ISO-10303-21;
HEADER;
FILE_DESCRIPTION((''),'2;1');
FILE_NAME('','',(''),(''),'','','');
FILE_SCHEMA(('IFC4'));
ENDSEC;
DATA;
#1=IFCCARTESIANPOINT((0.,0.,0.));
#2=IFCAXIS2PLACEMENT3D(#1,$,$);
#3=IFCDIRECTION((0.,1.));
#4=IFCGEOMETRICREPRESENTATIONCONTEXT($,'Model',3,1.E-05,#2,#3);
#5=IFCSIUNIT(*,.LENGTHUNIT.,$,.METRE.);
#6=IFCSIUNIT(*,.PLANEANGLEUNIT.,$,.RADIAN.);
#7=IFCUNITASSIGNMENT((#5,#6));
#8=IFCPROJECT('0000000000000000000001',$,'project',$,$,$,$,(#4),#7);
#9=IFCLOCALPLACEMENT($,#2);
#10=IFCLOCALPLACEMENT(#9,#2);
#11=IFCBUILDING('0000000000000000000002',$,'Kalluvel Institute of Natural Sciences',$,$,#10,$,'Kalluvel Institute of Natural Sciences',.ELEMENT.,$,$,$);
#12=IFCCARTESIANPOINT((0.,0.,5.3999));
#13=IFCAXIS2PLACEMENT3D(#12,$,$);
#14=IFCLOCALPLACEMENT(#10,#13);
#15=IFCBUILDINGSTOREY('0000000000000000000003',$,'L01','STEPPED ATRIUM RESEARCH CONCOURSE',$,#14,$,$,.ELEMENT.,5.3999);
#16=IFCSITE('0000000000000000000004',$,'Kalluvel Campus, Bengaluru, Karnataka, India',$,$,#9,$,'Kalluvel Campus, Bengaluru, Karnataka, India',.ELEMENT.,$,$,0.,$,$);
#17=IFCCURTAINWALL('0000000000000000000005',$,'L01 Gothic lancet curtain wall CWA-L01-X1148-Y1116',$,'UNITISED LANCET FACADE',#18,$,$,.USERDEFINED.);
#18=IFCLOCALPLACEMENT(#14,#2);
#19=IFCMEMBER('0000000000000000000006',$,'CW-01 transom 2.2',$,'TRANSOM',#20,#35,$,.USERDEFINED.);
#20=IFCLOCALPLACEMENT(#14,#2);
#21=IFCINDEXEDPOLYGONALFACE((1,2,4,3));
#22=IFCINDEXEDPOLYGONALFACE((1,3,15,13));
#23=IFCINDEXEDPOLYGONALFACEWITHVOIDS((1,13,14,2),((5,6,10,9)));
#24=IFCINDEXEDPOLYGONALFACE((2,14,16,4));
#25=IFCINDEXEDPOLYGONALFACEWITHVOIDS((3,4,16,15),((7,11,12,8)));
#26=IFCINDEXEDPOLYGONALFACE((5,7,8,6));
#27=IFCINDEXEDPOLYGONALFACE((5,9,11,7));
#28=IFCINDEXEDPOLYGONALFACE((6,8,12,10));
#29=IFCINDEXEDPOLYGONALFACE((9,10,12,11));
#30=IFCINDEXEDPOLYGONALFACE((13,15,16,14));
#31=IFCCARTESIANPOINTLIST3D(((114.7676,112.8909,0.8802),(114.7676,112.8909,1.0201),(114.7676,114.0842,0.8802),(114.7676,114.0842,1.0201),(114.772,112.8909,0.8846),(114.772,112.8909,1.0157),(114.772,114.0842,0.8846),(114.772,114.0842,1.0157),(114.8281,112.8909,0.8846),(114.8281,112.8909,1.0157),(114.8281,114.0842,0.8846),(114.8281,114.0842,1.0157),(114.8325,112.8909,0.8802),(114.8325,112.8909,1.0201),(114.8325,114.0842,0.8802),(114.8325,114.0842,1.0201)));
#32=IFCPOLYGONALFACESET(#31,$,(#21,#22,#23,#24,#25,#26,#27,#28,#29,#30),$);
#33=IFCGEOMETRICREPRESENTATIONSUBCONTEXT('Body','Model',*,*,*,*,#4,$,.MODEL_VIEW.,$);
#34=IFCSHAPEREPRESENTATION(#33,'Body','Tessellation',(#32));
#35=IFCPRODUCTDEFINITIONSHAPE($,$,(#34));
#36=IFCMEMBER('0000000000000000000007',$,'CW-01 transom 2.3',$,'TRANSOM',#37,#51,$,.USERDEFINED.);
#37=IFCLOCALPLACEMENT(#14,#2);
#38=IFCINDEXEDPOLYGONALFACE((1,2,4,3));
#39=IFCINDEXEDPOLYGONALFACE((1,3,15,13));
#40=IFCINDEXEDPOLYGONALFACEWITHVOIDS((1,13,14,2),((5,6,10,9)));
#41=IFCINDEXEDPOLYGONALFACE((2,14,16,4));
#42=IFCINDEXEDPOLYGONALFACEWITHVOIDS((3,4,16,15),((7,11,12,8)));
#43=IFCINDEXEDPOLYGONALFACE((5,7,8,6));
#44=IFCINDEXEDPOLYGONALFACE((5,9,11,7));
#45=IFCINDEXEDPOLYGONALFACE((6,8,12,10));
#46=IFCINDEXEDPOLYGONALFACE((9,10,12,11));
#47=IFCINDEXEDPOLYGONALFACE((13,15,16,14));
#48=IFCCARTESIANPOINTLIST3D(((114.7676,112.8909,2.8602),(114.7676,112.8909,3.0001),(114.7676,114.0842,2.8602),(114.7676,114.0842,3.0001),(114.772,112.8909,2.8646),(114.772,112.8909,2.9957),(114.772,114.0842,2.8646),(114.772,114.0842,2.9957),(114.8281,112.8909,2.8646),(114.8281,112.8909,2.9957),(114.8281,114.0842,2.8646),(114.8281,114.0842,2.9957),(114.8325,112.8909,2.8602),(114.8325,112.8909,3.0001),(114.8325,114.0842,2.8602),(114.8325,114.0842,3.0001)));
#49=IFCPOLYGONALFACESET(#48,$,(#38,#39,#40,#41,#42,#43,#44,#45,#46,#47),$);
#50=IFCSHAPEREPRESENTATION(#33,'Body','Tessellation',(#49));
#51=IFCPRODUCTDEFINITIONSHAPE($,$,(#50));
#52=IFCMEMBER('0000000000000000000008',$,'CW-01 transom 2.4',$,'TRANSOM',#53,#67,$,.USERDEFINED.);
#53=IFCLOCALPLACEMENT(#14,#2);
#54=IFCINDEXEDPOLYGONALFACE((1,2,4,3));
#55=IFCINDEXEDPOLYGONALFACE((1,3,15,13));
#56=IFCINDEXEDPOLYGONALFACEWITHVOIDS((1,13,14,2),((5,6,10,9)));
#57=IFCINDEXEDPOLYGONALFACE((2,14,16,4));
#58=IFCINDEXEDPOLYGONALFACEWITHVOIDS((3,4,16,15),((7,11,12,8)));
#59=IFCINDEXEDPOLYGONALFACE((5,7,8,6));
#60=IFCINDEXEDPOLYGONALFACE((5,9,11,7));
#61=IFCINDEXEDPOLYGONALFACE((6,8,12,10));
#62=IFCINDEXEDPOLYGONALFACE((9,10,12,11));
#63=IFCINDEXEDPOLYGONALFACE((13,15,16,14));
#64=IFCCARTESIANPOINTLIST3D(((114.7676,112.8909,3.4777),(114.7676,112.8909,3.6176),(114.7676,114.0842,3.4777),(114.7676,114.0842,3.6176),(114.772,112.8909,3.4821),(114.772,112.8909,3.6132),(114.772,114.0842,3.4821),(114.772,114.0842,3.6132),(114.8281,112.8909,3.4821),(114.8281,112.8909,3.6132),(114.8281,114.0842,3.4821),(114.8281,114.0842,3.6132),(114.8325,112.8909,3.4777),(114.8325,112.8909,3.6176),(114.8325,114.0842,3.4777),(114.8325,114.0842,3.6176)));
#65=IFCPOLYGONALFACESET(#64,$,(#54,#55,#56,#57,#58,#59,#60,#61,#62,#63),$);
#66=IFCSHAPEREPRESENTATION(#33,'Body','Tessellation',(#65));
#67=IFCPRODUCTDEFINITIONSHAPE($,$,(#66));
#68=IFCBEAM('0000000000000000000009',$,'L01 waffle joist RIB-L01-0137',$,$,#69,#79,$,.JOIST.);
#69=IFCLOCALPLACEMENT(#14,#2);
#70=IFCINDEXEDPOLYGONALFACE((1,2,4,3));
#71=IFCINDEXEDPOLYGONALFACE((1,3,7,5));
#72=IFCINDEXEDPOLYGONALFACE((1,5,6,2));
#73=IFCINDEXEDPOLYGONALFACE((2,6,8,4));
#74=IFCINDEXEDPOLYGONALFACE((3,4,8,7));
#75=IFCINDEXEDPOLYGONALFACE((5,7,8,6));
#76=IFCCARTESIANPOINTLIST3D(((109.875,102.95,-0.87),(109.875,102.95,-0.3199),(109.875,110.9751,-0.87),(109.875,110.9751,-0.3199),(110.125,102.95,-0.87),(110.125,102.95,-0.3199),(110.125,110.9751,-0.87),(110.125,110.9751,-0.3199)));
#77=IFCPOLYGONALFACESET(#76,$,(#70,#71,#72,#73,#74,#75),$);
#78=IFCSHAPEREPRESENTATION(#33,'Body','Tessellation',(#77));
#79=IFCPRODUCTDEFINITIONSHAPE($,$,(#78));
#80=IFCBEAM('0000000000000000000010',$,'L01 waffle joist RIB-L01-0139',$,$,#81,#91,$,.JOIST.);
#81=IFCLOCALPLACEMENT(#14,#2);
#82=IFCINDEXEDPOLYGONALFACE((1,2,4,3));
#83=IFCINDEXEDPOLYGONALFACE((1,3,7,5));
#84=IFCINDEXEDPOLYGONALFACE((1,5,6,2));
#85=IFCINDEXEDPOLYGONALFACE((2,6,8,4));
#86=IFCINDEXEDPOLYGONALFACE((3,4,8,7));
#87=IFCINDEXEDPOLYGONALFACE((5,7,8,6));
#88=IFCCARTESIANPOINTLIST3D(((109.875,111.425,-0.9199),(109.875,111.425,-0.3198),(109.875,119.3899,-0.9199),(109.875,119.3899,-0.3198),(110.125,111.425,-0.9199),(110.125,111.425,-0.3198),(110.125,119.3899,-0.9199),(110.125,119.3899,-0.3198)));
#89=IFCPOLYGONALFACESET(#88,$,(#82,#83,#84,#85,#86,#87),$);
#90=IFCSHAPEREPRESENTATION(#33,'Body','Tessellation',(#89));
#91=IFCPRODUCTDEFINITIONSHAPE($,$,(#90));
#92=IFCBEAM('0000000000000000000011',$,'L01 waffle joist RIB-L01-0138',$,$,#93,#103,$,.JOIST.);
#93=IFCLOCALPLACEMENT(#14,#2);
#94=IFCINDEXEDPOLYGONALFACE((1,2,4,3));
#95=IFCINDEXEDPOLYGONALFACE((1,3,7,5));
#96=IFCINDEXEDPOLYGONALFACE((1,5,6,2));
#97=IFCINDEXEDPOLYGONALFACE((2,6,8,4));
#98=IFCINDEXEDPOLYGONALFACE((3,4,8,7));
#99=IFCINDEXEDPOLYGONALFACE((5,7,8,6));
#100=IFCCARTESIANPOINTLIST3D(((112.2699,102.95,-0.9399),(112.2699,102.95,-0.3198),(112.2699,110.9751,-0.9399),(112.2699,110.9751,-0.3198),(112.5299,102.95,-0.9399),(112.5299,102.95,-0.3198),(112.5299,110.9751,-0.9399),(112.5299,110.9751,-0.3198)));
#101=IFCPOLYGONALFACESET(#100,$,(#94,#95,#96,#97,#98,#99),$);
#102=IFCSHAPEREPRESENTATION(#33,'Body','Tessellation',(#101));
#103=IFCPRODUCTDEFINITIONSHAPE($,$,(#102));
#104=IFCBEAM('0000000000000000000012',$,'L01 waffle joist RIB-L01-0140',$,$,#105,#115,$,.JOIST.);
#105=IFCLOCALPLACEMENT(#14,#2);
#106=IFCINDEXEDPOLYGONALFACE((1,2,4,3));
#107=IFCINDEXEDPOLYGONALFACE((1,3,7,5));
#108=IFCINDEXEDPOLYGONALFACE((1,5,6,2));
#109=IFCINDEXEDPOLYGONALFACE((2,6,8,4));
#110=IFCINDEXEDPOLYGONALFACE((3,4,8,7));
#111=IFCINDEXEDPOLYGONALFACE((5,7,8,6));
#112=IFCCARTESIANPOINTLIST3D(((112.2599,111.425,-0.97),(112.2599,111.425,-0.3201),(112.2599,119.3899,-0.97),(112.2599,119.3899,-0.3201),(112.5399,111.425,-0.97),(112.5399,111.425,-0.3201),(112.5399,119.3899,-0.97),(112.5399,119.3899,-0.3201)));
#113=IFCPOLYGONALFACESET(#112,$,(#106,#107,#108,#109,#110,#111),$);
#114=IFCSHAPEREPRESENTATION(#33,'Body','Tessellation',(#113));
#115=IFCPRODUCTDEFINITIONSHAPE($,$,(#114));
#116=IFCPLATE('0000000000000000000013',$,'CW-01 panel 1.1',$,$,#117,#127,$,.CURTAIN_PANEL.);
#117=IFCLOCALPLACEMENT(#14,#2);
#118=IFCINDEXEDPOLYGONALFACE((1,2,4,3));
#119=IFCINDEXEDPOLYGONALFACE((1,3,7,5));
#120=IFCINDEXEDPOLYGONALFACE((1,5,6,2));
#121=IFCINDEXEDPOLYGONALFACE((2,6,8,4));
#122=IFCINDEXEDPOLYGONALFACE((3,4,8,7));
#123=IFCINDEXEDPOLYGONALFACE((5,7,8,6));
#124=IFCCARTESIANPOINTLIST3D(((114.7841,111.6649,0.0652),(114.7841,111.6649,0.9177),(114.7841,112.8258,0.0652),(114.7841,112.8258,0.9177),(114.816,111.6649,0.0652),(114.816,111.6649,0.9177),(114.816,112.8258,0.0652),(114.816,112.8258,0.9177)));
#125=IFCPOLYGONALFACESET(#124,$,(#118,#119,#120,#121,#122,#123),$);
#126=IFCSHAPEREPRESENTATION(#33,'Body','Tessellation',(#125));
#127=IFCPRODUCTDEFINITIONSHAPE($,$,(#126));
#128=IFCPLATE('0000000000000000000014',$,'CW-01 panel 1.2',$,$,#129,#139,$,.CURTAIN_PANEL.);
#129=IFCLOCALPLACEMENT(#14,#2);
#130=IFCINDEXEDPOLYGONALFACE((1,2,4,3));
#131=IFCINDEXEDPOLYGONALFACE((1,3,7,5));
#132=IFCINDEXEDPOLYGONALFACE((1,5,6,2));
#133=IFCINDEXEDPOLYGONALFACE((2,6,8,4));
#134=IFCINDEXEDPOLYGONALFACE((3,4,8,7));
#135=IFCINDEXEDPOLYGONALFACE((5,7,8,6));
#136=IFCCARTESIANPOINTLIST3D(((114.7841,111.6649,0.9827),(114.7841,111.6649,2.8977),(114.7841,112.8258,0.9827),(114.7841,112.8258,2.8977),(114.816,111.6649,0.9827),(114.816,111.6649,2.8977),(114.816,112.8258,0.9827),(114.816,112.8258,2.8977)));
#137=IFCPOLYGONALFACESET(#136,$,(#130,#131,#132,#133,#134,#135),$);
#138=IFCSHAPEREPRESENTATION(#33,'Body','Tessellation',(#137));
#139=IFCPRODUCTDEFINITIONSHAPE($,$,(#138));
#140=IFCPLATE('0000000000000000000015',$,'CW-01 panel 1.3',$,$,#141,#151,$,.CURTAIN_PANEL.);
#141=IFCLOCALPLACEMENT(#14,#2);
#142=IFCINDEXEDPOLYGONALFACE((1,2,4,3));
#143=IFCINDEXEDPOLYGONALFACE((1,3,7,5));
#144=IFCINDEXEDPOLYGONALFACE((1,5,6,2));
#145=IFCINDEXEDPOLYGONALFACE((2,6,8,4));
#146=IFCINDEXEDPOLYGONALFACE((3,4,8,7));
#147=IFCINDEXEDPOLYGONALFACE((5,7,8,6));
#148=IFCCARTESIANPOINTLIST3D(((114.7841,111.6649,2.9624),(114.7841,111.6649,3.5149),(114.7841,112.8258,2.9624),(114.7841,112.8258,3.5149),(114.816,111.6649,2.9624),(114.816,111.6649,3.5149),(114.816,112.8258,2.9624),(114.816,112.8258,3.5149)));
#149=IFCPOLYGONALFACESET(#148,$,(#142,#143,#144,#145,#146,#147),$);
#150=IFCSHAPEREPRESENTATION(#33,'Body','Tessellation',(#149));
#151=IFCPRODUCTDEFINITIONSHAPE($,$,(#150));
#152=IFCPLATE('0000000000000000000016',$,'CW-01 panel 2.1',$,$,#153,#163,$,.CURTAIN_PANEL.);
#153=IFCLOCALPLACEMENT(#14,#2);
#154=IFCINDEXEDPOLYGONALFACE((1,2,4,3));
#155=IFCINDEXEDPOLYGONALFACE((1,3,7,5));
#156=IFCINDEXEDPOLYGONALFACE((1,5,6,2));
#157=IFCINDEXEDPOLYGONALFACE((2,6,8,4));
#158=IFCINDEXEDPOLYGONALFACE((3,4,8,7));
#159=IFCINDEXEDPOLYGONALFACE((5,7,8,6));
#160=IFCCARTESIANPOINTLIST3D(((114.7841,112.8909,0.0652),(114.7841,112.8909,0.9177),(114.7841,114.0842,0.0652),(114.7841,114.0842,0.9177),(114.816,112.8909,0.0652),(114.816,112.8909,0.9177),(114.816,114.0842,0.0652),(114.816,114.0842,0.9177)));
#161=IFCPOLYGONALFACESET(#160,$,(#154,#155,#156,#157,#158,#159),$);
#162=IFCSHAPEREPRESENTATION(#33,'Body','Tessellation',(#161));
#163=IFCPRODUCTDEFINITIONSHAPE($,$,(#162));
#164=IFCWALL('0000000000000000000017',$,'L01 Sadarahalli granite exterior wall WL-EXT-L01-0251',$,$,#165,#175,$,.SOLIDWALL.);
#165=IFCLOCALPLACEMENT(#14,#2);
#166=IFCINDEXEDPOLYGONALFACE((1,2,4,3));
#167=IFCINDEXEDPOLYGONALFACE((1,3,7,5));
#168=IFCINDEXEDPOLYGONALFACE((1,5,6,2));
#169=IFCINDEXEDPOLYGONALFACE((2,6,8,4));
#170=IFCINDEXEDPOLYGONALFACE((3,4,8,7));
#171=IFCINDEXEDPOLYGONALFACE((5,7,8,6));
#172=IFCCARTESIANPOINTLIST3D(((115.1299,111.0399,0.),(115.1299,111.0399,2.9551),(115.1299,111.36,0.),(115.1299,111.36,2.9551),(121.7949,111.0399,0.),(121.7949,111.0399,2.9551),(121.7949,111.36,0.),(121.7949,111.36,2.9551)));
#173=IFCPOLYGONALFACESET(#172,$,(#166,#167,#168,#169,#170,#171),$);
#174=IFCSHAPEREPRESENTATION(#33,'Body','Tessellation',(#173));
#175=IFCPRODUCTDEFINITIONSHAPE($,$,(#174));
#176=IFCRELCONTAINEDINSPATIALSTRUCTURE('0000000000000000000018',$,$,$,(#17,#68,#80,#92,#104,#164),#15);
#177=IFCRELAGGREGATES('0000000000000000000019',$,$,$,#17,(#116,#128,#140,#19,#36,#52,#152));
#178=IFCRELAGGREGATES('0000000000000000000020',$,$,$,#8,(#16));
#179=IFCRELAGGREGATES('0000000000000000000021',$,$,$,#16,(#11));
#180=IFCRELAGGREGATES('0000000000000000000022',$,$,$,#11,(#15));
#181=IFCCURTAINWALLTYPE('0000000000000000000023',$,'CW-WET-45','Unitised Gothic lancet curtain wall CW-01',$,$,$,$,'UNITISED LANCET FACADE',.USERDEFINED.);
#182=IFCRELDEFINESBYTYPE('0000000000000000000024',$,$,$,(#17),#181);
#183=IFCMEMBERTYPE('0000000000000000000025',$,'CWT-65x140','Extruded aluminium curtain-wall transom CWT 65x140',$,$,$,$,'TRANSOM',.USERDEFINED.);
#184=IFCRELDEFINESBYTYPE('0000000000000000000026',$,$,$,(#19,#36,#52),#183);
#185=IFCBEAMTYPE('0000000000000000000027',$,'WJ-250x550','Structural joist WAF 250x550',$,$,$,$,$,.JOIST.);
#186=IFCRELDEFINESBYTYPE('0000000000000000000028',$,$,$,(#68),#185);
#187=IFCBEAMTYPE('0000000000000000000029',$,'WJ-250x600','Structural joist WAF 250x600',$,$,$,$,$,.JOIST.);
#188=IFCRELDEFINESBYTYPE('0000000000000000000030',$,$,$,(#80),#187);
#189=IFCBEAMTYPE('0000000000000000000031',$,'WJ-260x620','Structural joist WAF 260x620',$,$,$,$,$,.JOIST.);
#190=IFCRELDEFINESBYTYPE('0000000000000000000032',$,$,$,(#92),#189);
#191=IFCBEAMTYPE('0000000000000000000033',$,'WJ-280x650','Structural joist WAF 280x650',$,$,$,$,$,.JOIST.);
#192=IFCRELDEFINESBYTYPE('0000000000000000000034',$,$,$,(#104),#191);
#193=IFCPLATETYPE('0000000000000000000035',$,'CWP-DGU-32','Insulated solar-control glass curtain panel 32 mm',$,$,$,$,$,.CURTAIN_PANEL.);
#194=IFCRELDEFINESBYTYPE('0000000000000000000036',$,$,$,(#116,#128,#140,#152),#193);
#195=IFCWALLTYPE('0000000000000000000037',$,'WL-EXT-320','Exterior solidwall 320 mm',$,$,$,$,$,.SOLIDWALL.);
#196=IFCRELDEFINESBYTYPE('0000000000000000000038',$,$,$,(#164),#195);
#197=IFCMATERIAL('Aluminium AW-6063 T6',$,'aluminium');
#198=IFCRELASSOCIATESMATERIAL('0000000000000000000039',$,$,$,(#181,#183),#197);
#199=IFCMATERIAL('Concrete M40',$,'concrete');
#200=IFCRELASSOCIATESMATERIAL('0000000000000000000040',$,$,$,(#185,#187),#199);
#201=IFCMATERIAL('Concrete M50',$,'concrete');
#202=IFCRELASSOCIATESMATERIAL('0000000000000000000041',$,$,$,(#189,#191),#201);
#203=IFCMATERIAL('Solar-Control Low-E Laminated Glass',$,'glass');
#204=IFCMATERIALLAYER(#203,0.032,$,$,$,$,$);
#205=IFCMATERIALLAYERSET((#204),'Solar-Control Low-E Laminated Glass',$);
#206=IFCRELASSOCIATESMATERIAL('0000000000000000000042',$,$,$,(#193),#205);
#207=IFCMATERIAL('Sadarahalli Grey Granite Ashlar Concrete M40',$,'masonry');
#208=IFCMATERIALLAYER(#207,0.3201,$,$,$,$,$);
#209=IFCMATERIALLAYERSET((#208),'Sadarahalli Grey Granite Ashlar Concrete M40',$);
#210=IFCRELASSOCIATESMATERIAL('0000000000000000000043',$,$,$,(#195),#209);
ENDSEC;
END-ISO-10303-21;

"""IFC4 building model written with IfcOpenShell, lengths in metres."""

from ifc_helpers import new_model, si_unit, direction, frame, frame_2d, origin, origin_2d, place, context, subcontext, project, spatial, rectangle, hollow_rectangle, extrude, material, layer, layer_set, material_profile, profile_set, type_object, element, aggregate, save


model = new_model("IFC4")

# Units and contexts
model_context = context("Model", 3, precision=1e-05, world=origin(), true_north=direction((0.0, 1.0)))
body_context = subcontext(model_context, "Body", "Model", "MODEL_VIEW")
ifc_project = project(units=[si_unit("LENGTHUNIT", "METRE"), si_unit("PLANEANGLEUNIT", "RADIAN")], contexts=[model_context])

# Site, building, storey
site_placement = place(None, origin())
site = spatial("IfcSite", under=ifc_project, at=site_placement, Name="Kalluvel Campus, Bengaluru, Karnataka, India", LongName="Kalluvel Campus, Bengaluru, Karnataka, India", CompositionType="ELEMENT", RefElevation=0.0)
building_placement = place(site_placement, origin())
building = spatial("IfcBuilding", under=site, at=building_placement, Name="Kalluvel Institute of Natural Sciences", LongName="Kalluvel Institute of Natural Sciences", CompositionType="ELEMENT")
storey_placement = place(building_placement, frame((0.0, 0.0, 5.3999)))
storey = spatial("IfcBuildingStorey", under=building, at=storey_placement, Name="L01", Description="STEPPED ATRIUM RESEARCH CONCOURSE", CompositionType="ELEMENT", Elevation=5.3999)

# Shared definitions
ifc_material_1 = material(Name="Concrete M40", Category="concrete")

# Shared definitions
ifc_material_2 = material(Name="Concrete M50", Category="concrete")

# Curtain wall, members
ifc_material_3 = material(Name="Aluminium AW-6063 T6", Category="aluminium")
curtain_wall_type = type_object("IfcCurtainWallType", Name="CW-WET-45", Description="Unitised Gothic lancet curtain wall CW-01", ElementType="UNITISED LANCET FACADE", PredefinedType="USERDEFINED", material=ifc_material_3)
curtain_wall_placement = place(storey_placement, origin())
curtain_wall = element("IfcCurtainWall", 1, at=curtain_wall_placement, inside=storey, type_object=curtain_wall_type, Name="L01 Gothic lancet curtain wall CWA-L01-X1148-Y1116", ObjectType="UNITISED LANCET FACADE", PredefinedType="USERDEFINED")
ifc_material_profile_1 = material_profile(ifc_material_3, hollow_rectangle(XDim=0.0649, YDim=0.1399, WallThickness=0.0044, at=origin_2d()), Name="CWT 65x140")
ifc_profile_set_1 = profile_set([ifc_material_profile_1], Name="Aluminium AW-6063 T6")
member_type_1 = type_object("IfcMemberType", Name="CWT-65x140", Description="Extruded aluminium curtain-wall transom CWT 65x140", ElementType="TRANSOM", PredefinedType="USERDEFINED", material=ifc_profile_set_1)
member_1_placement = place(storey_placement, frame((114.8, 112.8909, 0.9502), z_axis=(0.0, 1.0, 0.0), x_axis=(-1.0, 0.0, 0.0)))
member_1 = element("IfcMember", 2, at=member_1_placement, type_object=member_type_1, Name="CW-01 transom 2.2", ObjectType="TRANSOM", PredefinedType="USERDEFINED", context=body_context, shape_type="SweptSolid", body=[
    extrude(hollow_rectangle(XDim=0.0649, YDim=0.1399, WallThickness=0.0044, at=origin_2d()), origin(), (0.0, 0.0, 1.0), 1.1934),
])
member_2_placement = place(storey_placement, frame((114.8, 112.8909, 2.9302), z_axis=(0.0, 1.0, 0.0), x_axis=(-1.0, 0.0, 0.0)))
member_2 = element("IfcMember", 3, at=member_2_placement, type_object=member_type_1, Name="CW-01 transom 2.3", ObjectType="TRANSOM", PredefinedType="USERDEFINED", context=body_context, shape_type="SweptSolid", body=[
    extrude(hollow_rectangle(XDim=0.0649, YDim=0.1399, WallThickness=0.0044, at=origin_2d()), origin(), (0.0, 0.0, 1.0), 1.1934),
])
member_3_placement = place(storey_placement, frame((114.8, 112.8909, 3.5476), z_axis=(0.0, 1.0, 0.0), x_axis=(-1.0, 0.0, 0.0)))
member_3 = element("IfcMember", 4, at=member_3_placement, type_object=member_type_1, Name="CW-01 transom 2.4", ObjectType="TRANSOM", PredefinedType="USERDEFINED", context=body_context, shape_type="SweptSolid", body=[
    extrude(hollow_rectangle(XDim=0.0649, YDim=0.1399, WallThickness=0.0044, at=origin_2d()), origin(), (0.0, 0.0, 1.0), 1.1934),
])

# Beams
ifc_material_profile_2 = material_profile(ifc_material_1, rectangle(XDim=0.25, YDim=0.55, at=origin_2d()), Name="WAF 250x550")
ifc_profile_set_2 = profile_set([ifc_material_profile_2], Name="Concrete M40")
beam_type_1 = type_object("IfcBeamType", Name="WJ-250x550", Description="Structural joist WAF 250x550", PredefinedType="JOIST", material=ifc_profile_set_2)
beam_1_placement = place(storey_placement, frame((110.0, 102.95, -0.595), z_axis=(0.0, 1.0, 0.0), x_axis=(-1.0, 0.0, 0.0)))
element("IfcBeam", 5, at=beam_1_placement, inside=storey, type_object=beam_type_1, Name="L01 waffle joist RIB-L01-0137", PredefinedType="JOIST", context=body_context, shape_type="SweptSolid", body=[
    extrude(rectangle(XDim=0.25, YDim=0.55, at=origin_2d()), origin(), (0.0, 0.0, 1.0), 8.0251),
])
ifc_material_profile_3 = material_profile(ifc_material_1, rectangle(XDim=0.25, YDim=0.6001, at=origin_2d()), Name="WAF 250x600")
ifc_profile_set_3 = profile_set([ifc_material_profile_3], Name="Concrete M40")
beam_type_2 = type_object("IfcBeamType", Name="WJ-250x600", Description="Structural joist WAF 250x600", PredefinedType="JOIST", material=ifc_profile_set_3)
beam_2_placement = place(storey_placement, frame((110.0, 111.425, -0.6199), z_axis=(0.0, 1.0, 0.0), x_axis=(-1.0, 0.0, 0.0)))
element("IfcBeam", 6, at=beam_2_placement, inside=storey, type_object=beam_type_2, Name="L01 waffle joist RIB-L01-0139", PredefinedType="JOIST", context=body_context, shape_type="SweptSolid", body=[
    extrude(rectangle(XDim=0.25, YDim=0.6001, at=origin_2d()), origin(), (0.0, 0.0, 1.0), 7.9648),
])
ifc_material_profile_4 = material_profile(ifc_material_2, rectangle(XDim=0.26, YDim=0.6201, at=origin_2d()), Name="WAF 260x620")
ifc_profile_set_4 = profile_set([ifc_material_profile_4], Name="Concrete M50")
beam_type_3 = type_object("IfcBeamType", Name="WJ-260x620", Description="Structural joist WAF 260x620", PredefinedType="JOIST", material=ifc_profile_set_4)
beam_3_placement = place(storey_placement, frame((112.3999, 102.95, -0.6299), z_axis=(0.0, 1.0, 0.0), x_axis=(-1.0, 0.0, 0.0)))
element("IfcBeam", 7, at=beam_3_placement, inside=storey, type_object=beam_type_3, Name="L01 waffle joist RIB-L01-0138", PredefinedType="JOIST", context=body_context, shape_type="SweptSolid", body=[
    extrude(rectangle(XDim=0.26, YDim=0.6201, at=origin_2d()), origin(), (0.0, 0.0, 1.0), 8.0251),
])
ifc_material_profile_5 = material_profile(ifc_material_2, rectangle(XDim=0.28, YDim=0.6499, at=origin_2d()), Name="WAF 280x650")
ifc_profile_set_5 = profile_set([ifc_material_profile_5], Name="Concrete M50")
beam_type_4 = type_object("IfcBeamType", Name="WJ-280x650", Description="Structural joist WAF 280x650", PredefinedType="JOIST", material=ifc_profile_set_5)
beam_4_placement = place(storey_placement, frame((112.3999, 111.425, -0.645), z_axis=(0.0, 1.0, 0.0), x_axis=(-1.0, 0.0, 0.0)))
element("IfcBeam", 8, at=beam_4_placement, inside=storey, type_object=beam_type_4, Name="L01 waffle joist RIB-L01-0140", PredefinedType="JOIST", context=body_context, shape_type="SweptSolid", body=[
    extrude(rectangle(XDim=0.28, YDim=0.6499, at=origin_2d()), origin(), (0.0, 0.0, 1.0), 7.9648),
])

# Plates
ifc_material_4 = material(Name="Solar-Control Low-E Laminated Glass", Category="glass")
ifc_layer_1 = layer(ifc_material_4, 0.032)
ifc_layer_set_1 = layer_set([ifc_layer_1], Name="Solar-Control Low-E Laminated Glass")
plate_type = type_object("IfcPlateType", Name="CWP-DGU-32", Description="Insulated solar-control glass curtain panel 32 mm", PredefinedType="CURTAIN_PANEL", material=ifc_layer_set_1)
plate_1_placement = place(storey_placement, frame((114.8, 112.2454, 0.0652), z_axis=(0.0, 0.0, 1.0), x_axis=(0.0, 1.0, 0.0)))
plate_1 = element("IfcPlate", 9, at=plate_1_placement, type_object=plate_type, Name="CW-01 panel 1.1", PredefinedType="CURTAIN_PANEL", context=body_context, shape_type="SweptSolid", body=[
    extrude(rectangle(XDim=1.1609, YDim=0.032, at=origin_2d()), origin(), (0.0, 0.0, 1.0), 0.8525),
])
plate_2_placement = place(storey_placement, frame((114.8, 112.2454, 0.9827), z_axis=(0.0, 0.0, 1.0), x_axis=(0.0, 1.0, 0.0)))
plate_2 = element("IfcPlate", 10, at=plate_2_placement, type_object=plate_type, Name="CW-01 panel 1.2", PredefinedType="CURTAIN_PANEL", context=body_context, shape_type="SweptSolid", body=[
    extrude(rectangle(XDim=1.1609, YDim=0.032, at=origin_2d()), origin(), (0.0, 0.0, 1.0), 1.915),
])
plate_3_placement = place(storey_placement, frame((114.8, 112.2454, 2.9624), z_axis=(0.0, 0.0, 1.0), x_axis=(0.0, 1.0, 0.0)))
plate_3 = element("IfcPlate", 11, at=plate_3_placement, type_object=plate_type, Name="CW-01 panel 1.3", PredefinedType="CURTAIN_PANEL", context=body_context, shape_type="SweptSolid", body=[
    extrude(rectangle(XDim=1.1609, YDim=0.032, at=origin_2d()), origin(), (0.0, 0.0, 1.0), 0.5525),
])
plate_4_placement = place(storey_placement, frame((114.8, 113.4875, 0.0652), z_axis=(0.0, 0.0, 1.0), x_axis=(0.0, 1.0, 0.0)))
plate_4 = element("IfcPlate", 12, at=plate_4_placement, type_object=plate_type, Name="CW-01 panel 2.1", PredefinedType="CURTAIN_PANEL", context=body_context, shape_type="SweptSolid", body=[
    extrude(rectangle(XDim=1.1934, YDim=0.032, at=origin_2d()), origin(), (0.0, 0.0, 1.0), 0.8525),
])
aggregate(curtain_wall, [plate_1, plate_2, plate_3, member_1, member_2, member_3, plate_4])

# Wall
ifc_material_5 = material(Name="Sadarahalli Grey Granite Ashlar Concrete M40", Category="masonry")
ifc_layer_2 = layer(ifc_material_5, 0.3201)
ifc_layer_set_2 = layer_set([ifc_layer_2], Name="Sadarahalli Grey Granite Ashlar Concrete M40")
wall_type_1 = type_object("IfcWallType", Name="WL-EXT-320", Description="Exterior solidwall 320 mm", PredefinedType="SOLIDWALL", material=ifc_layer_set_2)
wall_1_placement = place(storey_placement, frame((115.1299, 111.2, 0.0), z_axis=(0.0, 0.0, 1.0), x_axis=(1.0, 0.0, 0.0)))
element("IfcWall", 13, at=wall_1_placement, inside=storey, type_object=wall_type_1, Name="L01 Sadarahalli granite exterior wall WL-EXT-L01-0251", PredefinedType="SOLIDWALL", context=body_context, shape_type="SweptSolid", body=[
    extrude(rectangle(XDim=6.665, YDim=0.3201, at=frame_2d((3.3325, 0.0))), origin(), (0.0, 0.0, 1.0), 2.9551),
])

save(model, "model.ifc")
